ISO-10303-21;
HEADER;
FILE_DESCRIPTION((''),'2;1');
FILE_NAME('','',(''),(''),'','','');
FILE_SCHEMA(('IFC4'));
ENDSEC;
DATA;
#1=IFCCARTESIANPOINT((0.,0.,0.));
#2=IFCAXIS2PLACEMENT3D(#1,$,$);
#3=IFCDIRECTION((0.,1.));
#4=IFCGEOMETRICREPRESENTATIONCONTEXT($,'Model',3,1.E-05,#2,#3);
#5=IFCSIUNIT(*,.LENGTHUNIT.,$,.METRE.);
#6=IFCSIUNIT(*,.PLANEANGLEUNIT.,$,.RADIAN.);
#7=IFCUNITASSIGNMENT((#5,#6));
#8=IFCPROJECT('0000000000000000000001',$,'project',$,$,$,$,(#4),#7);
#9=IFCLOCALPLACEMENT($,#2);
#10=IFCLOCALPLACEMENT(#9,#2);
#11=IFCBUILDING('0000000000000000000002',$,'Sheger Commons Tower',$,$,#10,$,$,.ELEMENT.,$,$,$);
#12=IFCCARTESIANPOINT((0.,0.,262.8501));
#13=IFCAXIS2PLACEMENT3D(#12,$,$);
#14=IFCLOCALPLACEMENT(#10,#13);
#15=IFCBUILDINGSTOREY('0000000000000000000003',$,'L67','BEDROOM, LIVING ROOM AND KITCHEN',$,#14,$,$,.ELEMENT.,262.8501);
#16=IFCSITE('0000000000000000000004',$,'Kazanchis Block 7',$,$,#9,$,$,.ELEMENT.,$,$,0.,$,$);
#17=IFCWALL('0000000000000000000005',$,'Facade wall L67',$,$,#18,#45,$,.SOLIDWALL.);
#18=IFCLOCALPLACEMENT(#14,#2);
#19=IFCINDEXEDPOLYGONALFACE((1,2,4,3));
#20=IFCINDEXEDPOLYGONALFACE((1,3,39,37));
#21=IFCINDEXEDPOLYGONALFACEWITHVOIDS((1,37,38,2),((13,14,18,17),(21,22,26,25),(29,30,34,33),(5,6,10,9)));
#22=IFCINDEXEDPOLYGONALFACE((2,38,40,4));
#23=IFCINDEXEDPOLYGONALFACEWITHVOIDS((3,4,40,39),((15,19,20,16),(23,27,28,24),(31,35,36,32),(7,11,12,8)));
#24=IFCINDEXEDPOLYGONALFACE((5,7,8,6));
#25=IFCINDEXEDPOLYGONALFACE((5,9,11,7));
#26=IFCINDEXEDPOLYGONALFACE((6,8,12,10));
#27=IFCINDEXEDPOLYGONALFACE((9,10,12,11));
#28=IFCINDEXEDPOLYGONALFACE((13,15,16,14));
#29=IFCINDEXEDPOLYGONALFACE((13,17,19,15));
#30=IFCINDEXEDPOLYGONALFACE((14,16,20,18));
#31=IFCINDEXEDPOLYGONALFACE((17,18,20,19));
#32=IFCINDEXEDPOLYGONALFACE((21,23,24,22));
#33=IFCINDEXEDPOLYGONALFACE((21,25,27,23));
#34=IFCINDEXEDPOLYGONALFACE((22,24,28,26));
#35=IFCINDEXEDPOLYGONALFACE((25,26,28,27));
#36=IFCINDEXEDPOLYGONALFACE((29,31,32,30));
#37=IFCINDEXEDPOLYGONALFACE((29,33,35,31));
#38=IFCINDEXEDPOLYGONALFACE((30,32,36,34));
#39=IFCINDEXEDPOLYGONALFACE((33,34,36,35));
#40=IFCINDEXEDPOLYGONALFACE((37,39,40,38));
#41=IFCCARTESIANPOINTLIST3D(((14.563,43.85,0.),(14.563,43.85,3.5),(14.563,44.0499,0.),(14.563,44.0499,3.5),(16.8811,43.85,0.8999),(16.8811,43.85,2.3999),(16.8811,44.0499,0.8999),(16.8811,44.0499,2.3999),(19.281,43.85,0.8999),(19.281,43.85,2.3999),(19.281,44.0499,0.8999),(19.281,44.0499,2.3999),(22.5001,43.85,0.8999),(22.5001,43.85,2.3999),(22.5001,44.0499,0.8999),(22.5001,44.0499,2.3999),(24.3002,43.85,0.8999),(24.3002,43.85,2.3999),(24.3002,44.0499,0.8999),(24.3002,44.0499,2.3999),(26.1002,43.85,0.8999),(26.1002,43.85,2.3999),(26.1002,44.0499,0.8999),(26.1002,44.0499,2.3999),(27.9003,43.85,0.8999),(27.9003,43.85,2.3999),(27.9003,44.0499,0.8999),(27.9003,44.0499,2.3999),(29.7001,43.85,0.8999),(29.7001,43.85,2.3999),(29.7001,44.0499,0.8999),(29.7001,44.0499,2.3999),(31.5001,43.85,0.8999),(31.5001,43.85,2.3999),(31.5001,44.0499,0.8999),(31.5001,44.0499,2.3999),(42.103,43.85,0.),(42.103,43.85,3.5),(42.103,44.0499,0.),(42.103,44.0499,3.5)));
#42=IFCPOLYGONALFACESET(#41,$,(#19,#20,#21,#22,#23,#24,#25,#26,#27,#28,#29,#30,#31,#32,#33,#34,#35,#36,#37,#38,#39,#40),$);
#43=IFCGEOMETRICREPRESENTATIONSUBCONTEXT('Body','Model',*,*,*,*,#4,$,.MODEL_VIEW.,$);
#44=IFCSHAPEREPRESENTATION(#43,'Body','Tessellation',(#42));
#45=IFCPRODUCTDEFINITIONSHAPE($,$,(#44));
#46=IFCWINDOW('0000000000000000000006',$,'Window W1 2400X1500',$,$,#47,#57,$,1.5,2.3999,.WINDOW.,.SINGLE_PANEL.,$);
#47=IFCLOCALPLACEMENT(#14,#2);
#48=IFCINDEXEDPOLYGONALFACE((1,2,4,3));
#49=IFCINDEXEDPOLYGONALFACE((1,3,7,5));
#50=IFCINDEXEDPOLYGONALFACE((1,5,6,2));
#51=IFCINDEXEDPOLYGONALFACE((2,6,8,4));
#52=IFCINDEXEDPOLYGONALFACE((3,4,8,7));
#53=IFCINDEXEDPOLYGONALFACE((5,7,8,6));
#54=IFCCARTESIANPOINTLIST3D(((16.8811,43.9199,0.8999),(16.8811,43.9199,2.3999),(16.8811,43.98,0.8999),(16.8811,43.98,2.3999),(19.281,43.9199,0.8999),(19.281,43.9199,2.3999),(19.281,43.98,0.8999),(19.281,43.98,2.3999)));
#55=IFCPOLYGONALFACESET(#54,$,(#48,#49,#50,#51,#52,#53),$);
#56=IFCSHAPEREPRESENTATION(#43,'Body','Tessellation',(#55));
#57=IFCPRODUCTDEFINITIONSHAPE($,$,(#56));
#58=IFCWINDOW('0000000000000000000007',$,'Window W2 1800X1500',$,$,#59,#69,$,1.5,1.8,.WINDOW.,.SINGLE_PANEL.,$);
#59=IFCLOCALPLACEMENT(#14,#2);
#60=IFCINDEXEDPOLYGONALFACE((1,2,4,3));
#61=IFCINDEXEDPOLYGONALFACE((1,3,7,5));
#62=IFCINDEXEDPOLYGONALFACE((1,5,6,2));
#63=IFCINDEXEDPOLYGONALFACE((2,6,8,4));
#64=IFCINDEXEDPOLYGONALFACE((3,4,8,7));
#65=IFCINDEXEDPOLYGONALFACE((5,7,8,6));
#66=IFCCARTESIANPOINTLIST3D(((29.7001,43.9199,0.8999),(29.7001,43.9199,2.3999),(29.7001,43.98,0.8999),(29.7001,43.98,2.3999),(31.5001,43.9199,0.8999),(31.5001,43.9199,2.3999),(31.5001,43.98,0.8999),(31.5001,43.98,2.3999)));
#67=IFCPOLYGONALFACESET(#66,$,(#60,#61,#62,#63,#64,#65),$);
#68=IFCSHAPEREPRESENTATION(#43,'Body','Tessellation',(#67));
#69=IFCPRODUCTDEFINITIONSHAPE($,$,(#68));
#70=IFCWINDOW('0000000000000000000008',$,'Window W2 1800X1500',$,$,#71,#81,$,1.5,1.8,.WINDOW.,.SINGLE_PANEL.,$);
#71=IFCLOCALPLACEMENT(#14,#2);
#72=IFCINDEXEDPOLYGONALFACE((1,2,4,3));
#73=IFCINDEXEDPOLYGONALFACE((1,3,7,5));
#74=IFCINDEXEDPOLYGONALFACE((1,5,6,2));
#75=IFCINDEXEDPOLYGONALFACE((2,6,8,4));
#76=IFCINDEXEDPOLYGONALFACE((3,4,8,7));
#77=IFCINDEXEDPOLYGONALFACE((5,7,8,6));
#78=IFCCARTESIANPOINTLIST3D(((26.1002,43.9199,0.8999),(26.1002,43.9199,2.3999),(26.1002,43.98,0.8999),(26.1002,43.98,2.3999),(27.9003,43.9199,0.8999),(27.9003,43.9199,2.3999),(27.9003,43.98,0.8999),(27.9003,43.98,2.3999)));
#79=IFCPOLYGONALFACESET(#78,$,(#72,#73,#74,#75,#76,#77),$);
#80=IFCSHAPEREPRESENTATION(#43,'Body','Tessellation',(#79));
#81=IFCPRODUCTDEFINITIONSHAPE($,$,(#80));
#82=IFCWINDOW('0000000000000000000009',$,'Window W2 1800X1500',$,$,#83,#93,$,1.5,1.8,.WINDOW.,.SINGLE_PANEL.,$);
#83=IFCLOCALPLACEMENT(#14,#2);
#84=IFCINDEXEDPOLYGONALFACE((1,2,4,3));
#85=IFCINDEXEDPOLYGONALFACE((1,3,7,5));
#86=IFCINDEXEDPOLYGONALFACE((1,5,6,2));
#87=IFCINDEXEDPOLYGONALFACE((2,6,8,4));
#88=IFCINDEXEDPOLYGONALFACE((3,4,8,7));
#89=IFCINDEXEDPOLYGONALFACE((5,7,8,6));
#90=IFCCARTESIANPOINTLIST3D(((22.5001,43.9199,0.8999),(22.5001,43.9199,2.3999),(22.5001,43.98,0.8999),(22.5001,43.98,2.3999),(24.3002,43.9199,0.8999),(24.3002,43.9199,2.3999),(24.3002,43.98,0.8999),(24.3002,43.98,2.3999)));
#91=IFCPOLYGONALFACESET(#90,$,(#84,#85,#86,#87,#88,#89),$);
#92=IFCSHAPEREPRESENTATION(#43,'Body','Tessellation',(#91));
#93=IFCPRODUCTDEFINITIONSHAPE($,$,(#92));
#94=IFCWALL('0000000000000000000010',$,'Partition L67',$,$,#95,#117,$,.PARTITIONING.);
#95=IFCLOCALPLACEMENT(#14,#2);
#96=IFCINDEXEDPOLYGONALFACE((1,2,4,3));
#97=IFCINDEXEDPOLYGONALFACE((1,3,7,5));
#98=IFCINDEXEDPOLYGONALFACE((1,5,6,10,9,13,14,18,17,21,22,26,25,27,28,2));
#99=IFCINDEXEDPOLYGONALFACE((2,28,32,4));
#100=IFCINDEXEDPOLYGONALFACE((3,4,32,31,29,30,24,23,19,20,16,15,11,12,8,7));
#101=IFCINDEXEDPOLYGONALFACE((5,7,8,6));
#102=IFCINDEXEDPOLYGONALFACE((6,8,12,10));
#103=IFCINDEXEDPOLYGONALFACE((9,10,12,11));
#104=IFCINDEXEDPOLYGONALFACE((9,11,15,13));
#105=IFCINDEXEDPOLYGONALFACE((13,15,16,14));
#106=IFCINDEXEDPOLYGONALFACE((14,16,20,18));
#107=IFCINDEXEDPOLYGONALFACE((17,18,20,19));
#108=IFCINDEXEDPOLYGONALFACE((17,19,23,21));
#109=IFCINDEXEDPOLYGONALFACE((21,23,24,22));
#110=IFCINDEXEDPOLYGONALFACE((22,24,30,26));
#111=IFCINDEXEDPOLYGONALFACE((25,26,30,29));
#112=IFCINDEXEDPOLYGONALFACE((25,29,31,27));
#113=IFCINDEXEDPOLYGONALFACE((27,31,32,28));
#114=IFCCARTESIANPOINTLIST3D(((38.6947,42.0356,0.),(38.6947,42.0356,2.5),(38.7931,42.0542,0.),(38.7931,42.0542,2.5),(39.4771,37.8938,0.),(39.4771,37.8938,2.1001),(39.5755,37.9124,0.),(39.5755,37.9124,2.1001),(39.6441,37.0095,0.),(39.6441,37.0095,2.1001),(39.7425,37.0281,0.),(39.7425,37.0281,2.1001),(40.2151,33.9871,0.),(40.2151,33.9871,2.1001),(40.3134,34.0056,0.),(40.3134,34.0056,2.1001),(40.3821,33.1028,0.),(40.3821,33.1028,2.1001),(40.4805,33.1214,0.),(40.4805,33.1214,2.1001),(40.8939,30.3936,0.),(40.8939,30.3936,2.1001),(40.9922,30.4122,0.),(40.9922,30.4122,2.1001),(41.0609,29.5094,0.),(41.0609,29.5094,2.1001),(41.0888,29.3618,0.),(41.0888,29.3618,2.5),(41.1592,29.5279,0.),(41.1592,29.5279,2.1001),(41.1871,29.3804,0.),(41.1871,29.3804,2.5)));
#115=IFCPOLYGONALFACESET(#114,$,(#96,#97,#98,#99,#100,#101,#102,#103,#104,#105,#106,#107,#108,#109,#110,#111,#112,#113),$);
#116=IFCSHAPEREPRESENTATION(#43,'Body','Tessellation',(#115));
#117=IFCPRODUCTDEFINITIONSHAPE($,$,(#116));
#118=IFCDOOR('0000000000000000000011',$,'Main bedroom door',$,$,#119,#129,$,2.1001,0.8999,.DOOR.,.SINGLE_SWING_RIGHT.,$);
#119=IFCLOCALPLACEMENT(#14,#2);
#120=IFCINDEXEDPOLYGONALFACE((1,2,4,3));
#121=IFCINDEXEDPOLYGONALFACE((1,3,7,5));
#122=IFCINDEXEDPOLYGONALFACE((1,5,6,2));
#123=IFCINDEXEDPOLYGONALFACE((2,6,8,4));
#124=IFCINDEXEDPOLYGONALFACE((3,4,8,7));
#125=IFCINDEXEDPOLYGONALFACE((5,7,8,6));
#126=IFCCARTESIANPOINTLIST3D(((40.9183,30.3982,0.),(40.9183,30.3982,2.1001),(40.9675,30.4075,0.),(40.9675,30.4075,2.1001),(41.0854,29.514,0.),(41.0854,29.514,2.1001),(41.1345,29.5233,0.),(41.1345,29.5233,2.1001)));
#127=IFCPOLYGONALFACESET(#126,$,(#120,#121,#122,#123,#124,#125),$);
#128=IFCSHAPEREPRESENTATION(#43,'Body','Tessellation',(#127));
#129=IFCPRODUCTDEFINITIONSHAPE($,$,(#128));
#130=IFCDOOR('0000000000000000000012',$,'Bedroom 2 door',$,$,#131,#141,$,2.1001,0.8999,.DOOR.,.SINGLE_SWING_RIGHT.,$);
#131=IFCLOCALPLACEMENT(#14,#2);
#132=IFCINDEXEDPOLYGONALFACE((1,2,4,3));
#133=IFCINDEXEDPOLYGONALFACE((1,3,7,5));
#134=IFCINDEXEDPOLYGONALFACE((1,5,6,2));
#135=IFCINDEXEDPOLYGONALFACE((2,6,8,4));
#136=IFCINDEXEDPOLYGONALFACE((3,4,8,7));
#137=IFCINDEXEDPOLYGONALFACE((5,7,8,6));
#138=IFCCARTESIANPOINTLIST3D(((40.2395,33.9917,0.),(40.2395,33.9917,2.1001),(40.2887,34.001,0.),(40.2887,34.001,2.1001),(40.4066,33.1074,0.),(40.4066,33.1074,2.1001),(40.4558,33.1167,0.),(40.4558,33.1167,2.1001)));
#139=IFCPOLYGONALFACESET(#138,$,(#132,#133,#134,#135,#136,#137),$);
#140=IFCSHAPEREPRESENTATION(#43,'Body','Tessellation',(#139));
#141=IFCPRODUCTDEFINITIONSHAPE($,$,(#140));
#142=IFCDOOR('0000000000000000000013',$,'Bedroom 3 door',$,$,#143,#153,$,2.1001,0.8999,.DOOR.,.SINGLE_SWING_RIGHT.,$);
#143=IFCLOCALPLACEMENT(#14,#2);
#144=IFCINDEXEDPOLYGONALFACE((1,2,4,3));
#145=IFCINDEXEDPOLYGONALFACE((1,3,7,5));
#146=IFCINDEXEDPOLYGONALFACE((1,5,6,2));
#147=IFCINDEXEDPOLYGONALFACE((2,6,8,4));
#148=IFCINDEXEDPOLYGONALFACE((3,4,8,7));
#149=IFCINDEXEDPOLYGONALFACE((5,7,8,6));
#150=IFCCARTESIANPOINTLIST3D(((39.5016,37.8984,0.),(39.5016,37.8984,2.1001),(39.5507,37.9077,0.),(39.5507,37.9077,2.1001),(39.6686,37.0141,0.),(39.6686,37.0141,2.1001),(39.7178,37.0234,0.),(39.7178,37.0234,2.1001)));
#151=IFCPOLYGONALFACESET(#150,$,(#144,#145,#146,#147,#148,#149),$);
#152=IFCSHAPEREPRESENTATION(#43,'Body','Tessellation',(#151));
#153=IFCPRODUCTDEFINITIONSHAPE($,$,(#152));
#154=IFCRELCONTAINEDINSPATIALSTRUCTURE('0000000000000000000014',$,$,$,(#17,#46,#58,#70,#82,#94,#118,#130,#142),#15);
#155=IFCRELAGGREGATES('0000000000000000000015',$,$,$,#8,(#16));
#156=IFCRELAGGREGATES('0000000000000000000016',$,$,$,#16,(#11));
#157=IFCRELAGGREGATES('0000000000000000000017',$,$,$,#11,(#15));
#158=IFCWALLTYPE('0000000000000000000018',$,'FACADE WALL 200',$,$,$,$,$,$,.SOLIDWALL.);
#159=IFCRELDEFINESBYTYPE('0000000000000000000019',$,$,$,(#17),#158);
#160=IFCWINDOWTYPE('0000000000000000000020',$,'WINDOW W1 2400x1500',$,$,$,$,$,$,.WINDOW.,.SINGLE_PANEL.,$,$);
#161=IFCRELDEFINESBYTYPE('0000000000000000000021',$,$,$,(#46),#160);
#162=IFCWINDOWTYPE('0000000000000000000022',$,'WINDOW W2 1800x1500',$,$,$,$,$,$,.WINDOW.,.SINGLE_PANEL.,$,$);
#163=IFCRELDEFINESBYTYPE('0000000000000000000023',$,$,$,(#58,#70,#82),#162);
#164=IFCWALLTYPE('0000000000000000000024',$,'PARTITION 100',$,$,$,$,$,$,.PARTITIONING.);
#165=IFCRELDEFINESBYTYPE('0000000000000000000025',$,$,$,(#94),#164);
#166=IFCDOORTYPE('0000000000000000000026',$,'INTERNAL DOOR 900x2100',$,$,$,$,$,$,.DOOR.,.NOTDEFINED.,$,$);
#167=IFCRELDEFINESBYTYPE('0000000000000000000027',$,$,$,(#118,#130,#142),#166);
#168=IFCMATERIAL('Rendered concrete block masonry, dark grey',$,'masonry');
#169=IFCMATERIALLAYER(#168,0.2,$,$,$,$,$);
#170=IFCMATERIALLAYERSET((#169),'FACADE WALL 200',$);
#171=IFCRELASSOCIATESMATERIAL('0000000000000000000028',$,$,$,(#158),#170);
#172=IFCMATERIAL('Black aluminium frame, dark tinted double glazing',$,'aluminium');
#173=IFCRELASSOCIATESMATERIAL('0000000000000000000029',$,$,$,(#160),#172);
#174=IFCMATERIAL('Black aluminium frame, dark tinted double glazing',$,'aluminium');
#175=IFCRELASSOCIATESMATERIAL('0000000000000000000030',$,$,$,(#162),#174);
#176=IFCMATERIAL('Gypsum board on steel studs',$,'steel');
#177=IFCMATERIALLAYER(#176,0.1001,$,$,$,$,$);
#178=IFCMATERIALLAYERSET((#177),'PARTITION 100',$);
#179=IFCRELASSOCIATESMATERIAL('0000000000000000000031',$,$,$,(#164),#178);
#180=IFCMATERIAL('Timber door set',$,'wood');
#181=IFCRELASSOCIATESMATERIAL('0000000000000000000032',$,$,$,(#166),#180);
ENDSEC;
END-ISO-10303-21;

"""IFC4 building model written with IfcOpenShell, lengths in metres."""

from ifc_helpers import new_model, si_unit, direction, frame, frame_2d, origin, place, context, subcontext, project, spatial, rectangle, extrude, material, layer, layer_set, type_object, element, fill, save


model = new_model("IFC4")

# Units and contexts
model_context = context("Model", 3, precision=1e-05, world=origin(), true_north=direction((0.0, 1.0)))
body_context = subcontext(model_context, "Body", "Model", "MODEL_VIEW")
ifc_project = project(units=[si_unit("LENGTHUNIT", "METRE"), si_unit("PLANEANGLEUNIT", "RADIAN")], contexts=[model_context])

# Site, building, storey
site_placement = place(None, origin())
site = spatial("IfcSite", under=ifc_project, at=site_placement, Name="Kazanchis Block 7", CompositionType="ELEMENT", RefElevation=0.0)
building_placement = place(site_placement, origin())
building = spatial("IfcBuilding", under=site, at=building_placement, Name="Sheger Commons Tower", CompositionType="ELEMENT")
storey_placement = place(building_placement, frame((0.0, 0.0, 262.8501)))
storey = spatial("IfcBuildingStorey", under=building, at=storey_placement, Name="L67", Description="BEDROOM, LIVING ROOM AND KITCHEN", CompositionType="ELEMENT", Elevation=262.8501)

# Shared definitions
ifc_material_1 = material(Name="Rendered concrete block masonry, dark grey", Category="masonry")
ifc_layer_1 = layer(ifc_material_1, 0.2)
ifc_layer_set_1 = layer_set([ifc_layer_1], Name="FACADE WALL 200")
wall_type_1 = type_object("IfcWallType", Name="FACADE WALL 200", PredefinedType="SOLIDWALL", material=ifc_layer_set_1)

# Wall, openings, windows
wall_1_placement = place(storey_placement, frame((42.103, 43.95, 0.0), z_axis=(0.0, 0.0, 1.0), x_axis=(-1.0, 0.0, 0.0)))
wall_1 = element("IfcWall", 1, at=wall_1_placement, inside=storey, type_object=wall_type_1, Name="Facade wall L67", PredefinedType="SOLIDWALL", context=body_context, shape_type="SweptSolid", body=[
    extrude(rectangle(XDim=27.54, YDim=0.2, at=frame_2d((13.77, 0.0))), origin(), (0.0, 0.0, 1.0), 3.5),
])
opening_1_placement = place(wall_1_placement, frame((10.603, 0.0, 0.8999)))
opening_1 = element("IfcOpeningElement", 2, at=opening_1_placement, cuts=wall_1, PredefinedType="OPENING", context=body_context, shape_type="SweptSolid", body=[
    extrude(rectangle(XDim=1.8, YDim=1.5, at=frame_2d((0.8999, 0.75))), frame((0.0, 0.1099, 0.0), z_axis=(0.0, -1.0, 0.0), x_axis=(1.0, 0.0, 0.0)), (0.0, 0.0, 1.0), 0.22),
])
opening_2_placement = place(wall_1_placement, frame((14.2029, 0.0, 0.8999)))
opening_2 = element("IfcOpeningElement", 3, at=opening_2_placement, cuts=wall_1, PredefinedType="OPENING", context=body_context, shape_type="SweptSolid", body=[
    extrude(rectangle(XDim=1.8, YDim=1.5, at=frame_2d((0.8999, 0.75))), frame((0.0, 0.1099, 0.0), z_axis=(0.0, -1.0, 0.0), x_axis=(1.0, 0.0, 0.0)), (0.0, 0.0, 1.0), 0.22),
])
opening_3_placement = place(wall_1_placement, frame((17.803, 0.0, 0.8999)))
opening_3 = element("IfcOpeningElement", 4, at=opening_3_placement, cuts=wall_1, PredefinedType="OPENING", context=body_context, shape_type="SweptSolid", body=[
    extrude(rectangle(XDim=1.8, YDim=1.5, at=frame_2d((0.8999, 0.75))), frame((0.0, 0.1099, 0.0), z_axis=(0.0, -1.0, 0.0), x_axis=(1.0, 0.0, 0.0)), (0.0, 0.0, 1.0), 0.22),
])
opening_4_placement = place(wall_1_placement, frame((22.822, 0.0, 0.8999)))
opening_4 = element("IfcOpeningElement", 5, at=opening_4_placement, cuts=wall_1, PredefinedType="OPENING", context=body_context, shape_type="SweptSolid", body=[
    extrude(rectangle(XDim=2.3999, YDim=1.5, at=frame_2d((1.2, 0.75))), frame((0.0, 0.1099, 0.0), z_axis=(0.0, -1.0, 0.0), x_axis=(1.0, 0.0, 0.0)), (0.0, 0.0, 1.0), 0.22),
])
ifc_material_2 = material(Name="Black aluminium frame, dark tinted double glazing", Category="aluminium")
window_type_1 = type_object("IfcWindowType", Name="WINDOW W1 2400x1500", PartitioningType="SINGLE_PANEL", PredefinedType="WINDOW", material=ifc_material_2)
window_1_placement = place(opening_4_placement, origin())
window_1 = element("IfcWindow", 6, at=window_1_placement, inside=storey, type_object=window_type_1, Name="Window W1 2400X1500", OverallHeight=1.5, OverallWidth=2.3999, PartitioningType="SINGLE_PANEL", PredefinedType="WINDOW", context=body_context, shape_type="SweptSolid", body=[
    extrude(rectangle(XDim=2.3999, YDim=1.5, at=frame_2d((1.2, 0.75))), frame((0.0, 0.03, 0.0), z_axis=(0.0, -1.0, 0.0), x_axis=(1.0, 0.0, 0.0)), (0.0, 0.0, 1.0), 0.0601),
])
fill(opening_4, window_1)
ifc_material_3 = material(Name="Black aluminium frame, dark tinted double glazing", Category="aluminium")
window_type_2 = type_object("IfcWindowType", Name="WINDOW W2 1800x1500", PartitioningType="SINGLE_PANEL", PredefinedType="WINDOW", material=ifc_material_3)
window_2_placement = place(opening_1_placement, origin())
window_2 = element("IfcWindow", 7, at=window_2_placement, inside=storey, type_object=window_type_2, Name="Window W2 1800X1500", OverallHeight=1.5, OverallWidth=1.8, PartitioningType="SINGLE_PANEL", PredefinedType="WINDOW", context=body_context, shape_type="SweptSolid", body=[
    extrude(rectangle(XDim=1.8, YDim=1.5, at=frame_2d((0.8999, 0.75))), frame((0.0, 0.03, 0.0), z_axis=(0.0, -1.0, 0.0), x_axis=(1.0, 0.0, 0.0)), (0.0, 0.0, 1.0), 0.0601),
])
fill(opening_1, window_2)
window_3_placement = place(opening_2_placement, origin())
window_3 = element("IfcWindow", 8, at=window_3_placement, inside=storey, type_object=window_type_2, Name="Window W2 1800X1500", OverallHeight=1.5, OverallWidth=1.8, PartitioningType="SINGLE_PANEL", PredefinedType="WINDOW", context=body_context, shape_type="SweptSolid", body=[
    extrude(rectangle(XDim=1.8, YDim=1.5, at=frame_2d((0.8999, 0.75))), frame((0.0, 0.03, 0.0), z_axis=(0.0, -1.0, 0.0), x_axis=(1.0, 0.0, 0.0)), (0.0, 0.0, 1.0), 0.0601),
])
fill(opening_2, window_3)
window_4_placement = place(opening_3_placement, origin())
window_4 = element("IfcWindow", 9, at=window_4_placement, inside=storey, type_object=window_type_2, Name="Window W2 1800X1500", OverallHeight=1.5, OverallWidth=1.8, PartitioningType="SINGLE_PANEL", PredefinedType="WINDOW", context=body_context, shape_type="SweptSolid", body=[
    extrude(rectangle(XDim=1.8, YDim=1.5, at=frame_2d((0.8999, 0.75))), frame((0.0, 0.03, 0.0), z_axis=(0.0, -1.0, 0.0), x_axis=(1.0, 0.0, 0.0)), (0.0, 0.0, 1.0), 0.0601),
])
fill(opening_3, window_4)

# Wall, openings, doors
ifc_material_4 = material(Name="Gypsum board on steel studs", Category="steel")
ifc_layer_2 = layer(ifc_material_4, 0.1001)
ifc_layer_set_2 = layer_set([ifc_layer_2], Name="PARTITION 100")
wall_type_2 = type_object("IfcWallType", Name="PARTITION 100", PredefinedType="PARTITIONING", material=ifc_layer_set_2)
wall_2_placement = place(storey_placement, frame((38.7439, 42.0449, 0.0), z_axis=(0.0, 0.0, 1.0), x_axis=(0.185614, -0.982623, 0.0)))
wall_2 = element("IfcWall", 10, at=wall_2_placement, inside=storey, type_object=wall_type_2, Name="Partition L67", PredefinedType="PARTITIONING", context=body_context, shape_type="SweptSolid", body=[
    extrude(rectangle(XDim=12.8979, YDim=0.1001, at=frame_2d((6.449, 0.0))), origin(), (0.0, 0.0, 1.0), 2.5),
])
opening_5_placement = place(wall_2_placement, frame((11.8479, 0.0, 0.0)))
opening_5 = element("IfcOpeningElement", 11, at=opening_5_placement, cuts=wall_2, PredefinedType="OPENING", context=body_context, shape_type="SweptSolid", body=[
    extrude(rectangle(XDim=0.8999, YDim=2.1001, at=frame_2d((0.45, 1.05))), frame((0.0, 0.0601, 0.0), z_axis=(0.0, -1.0, 0.0), x_axis=(1.0, 0.0, 0.0)), (0.0, 0.0, 1.0), 0.1201),
])
opening_6_placement = place(wall_2_placement, frame((8.1909, 0.0, 0.0)))
opening_6 = element("IfcOpeningElement", 12, at=opening_6_placement, cuts=wall_2, PredefinedType="OPENING", context=body_context, shape_type="SweptSolid", body=[
    extrude(rectangle(XDim=0.8999, YDim=2.1001, at=frame_2d((0.45, 1.05))), frame((0.0, 0.0601, 0.0), z_axis=(0.0, -1.0, 0.0), x_axis=(1.0, 0.0, 0.0)), (0.0, 0.0, 1.0), 0.1201),
])
opening_7_placement = place(wall_2_placement, frame((4.2151, 0.0, 0.0)))
opening_7 = element("IfcOpeningElement", 13, at=opening_7_placement, cuts=wall_2, PredefinedType="OPENING", context=body_context, shape_type="SweptSolid", body=[
    extrude(rectangle(XDim=0.8999, YDim=2.1001, at=frame_2d((0.45, 1.05))), frame((0.0, 0.0601, 0.0), z_axis=(0.0, -1.0, 0.0), x_axis=(1.0, 0.0, 0.0)), (0.0, 0.0, 1.0), 0.1201),
])
ifc_material_5 = material(Name="Timber door set", Category="wood")
door_type = type_object("IfcDoorType", Name="INTERNAL DOOR 900x2100", OperationType="NOTDEFINED", PredefinedType="DOOR", material=ifc_material_5)
door_1_placement = place(opening_5_placement, origin())
door_1 = element("IfcDoor", 14, at=door_1_placement, inside=storey, type_object=door_type, Name="Main bedroom door", OperationType="SINGLE_SWING_RIGHT", OverallHeight=2.1001, OverallWidth=0.8999, PredefinedType="DOOR", context=body_context, shape_type="SweptSolid", body=[
    extrude(rectangle(XDim=0.8999, YDim=2.1001, at=frame_2d((0.45, 1.05))), frame((0.0, 0.0249, 0.0), z_axis=(0.0, -1.0, 0.0), x_axis=(1.0, 0.0, 0.0)), (0.0, 0.0, 1.0), 0.05),
])
fill(opening_5, door_1)
door_2_placement = place(opening_6_placement, origin())
door_2 = element("IfcDoor", 15, at=door_2_placement, inside=storey, type_object=door_type, Name="Bedroom 2 door", OperationType="SINGLE_SWING_RIGHT", OverallHeight=2.1001, OverallWidth=0.8999, PredefinedType="DOOR", context=body_context, shape_type="SweptSolid", body=[
    extrude(rectangle(XDim=0.8999, YDim=2.1001, at=frame_2d((0.45, 1.05))), frame((0.0, 0.0249, 0.0), z_axis=(0.0, -1.0, 0.0), x_axis=(1.0, 0.0, 0.0)), (0.0, 0.0, 1.0), 0.05),
])
fill(opening_6, door_2)
door_3_placement = place(opening_7_placement, origin())
door_3 = element("IfcDoor", 16, at=door_3_placement, inside=storey, type_object=door_type, Name="Bedroom 3 door", OperationType="SINGLE_SWING_RIGHT", OverallHeight=2.1001, OverallWidth=0.8999, PredefinedType="DOOR", context=body_context, shape_type="SweptSolid", body=[
    extrude(rectangle(XDim=0.8999, YDim=2.1001, at=frame_2d((0.45, 1.05))), frame((0.0, 0.0249, 0.0), z_axis=(0.0, -1.0, 0.0), x_axis=(1.0, 0.0, 0.0)), (0.0, 0.0, 1.0), 0.05),
])
fill(opening_7, door_3)

save(model, "model.ifc")
